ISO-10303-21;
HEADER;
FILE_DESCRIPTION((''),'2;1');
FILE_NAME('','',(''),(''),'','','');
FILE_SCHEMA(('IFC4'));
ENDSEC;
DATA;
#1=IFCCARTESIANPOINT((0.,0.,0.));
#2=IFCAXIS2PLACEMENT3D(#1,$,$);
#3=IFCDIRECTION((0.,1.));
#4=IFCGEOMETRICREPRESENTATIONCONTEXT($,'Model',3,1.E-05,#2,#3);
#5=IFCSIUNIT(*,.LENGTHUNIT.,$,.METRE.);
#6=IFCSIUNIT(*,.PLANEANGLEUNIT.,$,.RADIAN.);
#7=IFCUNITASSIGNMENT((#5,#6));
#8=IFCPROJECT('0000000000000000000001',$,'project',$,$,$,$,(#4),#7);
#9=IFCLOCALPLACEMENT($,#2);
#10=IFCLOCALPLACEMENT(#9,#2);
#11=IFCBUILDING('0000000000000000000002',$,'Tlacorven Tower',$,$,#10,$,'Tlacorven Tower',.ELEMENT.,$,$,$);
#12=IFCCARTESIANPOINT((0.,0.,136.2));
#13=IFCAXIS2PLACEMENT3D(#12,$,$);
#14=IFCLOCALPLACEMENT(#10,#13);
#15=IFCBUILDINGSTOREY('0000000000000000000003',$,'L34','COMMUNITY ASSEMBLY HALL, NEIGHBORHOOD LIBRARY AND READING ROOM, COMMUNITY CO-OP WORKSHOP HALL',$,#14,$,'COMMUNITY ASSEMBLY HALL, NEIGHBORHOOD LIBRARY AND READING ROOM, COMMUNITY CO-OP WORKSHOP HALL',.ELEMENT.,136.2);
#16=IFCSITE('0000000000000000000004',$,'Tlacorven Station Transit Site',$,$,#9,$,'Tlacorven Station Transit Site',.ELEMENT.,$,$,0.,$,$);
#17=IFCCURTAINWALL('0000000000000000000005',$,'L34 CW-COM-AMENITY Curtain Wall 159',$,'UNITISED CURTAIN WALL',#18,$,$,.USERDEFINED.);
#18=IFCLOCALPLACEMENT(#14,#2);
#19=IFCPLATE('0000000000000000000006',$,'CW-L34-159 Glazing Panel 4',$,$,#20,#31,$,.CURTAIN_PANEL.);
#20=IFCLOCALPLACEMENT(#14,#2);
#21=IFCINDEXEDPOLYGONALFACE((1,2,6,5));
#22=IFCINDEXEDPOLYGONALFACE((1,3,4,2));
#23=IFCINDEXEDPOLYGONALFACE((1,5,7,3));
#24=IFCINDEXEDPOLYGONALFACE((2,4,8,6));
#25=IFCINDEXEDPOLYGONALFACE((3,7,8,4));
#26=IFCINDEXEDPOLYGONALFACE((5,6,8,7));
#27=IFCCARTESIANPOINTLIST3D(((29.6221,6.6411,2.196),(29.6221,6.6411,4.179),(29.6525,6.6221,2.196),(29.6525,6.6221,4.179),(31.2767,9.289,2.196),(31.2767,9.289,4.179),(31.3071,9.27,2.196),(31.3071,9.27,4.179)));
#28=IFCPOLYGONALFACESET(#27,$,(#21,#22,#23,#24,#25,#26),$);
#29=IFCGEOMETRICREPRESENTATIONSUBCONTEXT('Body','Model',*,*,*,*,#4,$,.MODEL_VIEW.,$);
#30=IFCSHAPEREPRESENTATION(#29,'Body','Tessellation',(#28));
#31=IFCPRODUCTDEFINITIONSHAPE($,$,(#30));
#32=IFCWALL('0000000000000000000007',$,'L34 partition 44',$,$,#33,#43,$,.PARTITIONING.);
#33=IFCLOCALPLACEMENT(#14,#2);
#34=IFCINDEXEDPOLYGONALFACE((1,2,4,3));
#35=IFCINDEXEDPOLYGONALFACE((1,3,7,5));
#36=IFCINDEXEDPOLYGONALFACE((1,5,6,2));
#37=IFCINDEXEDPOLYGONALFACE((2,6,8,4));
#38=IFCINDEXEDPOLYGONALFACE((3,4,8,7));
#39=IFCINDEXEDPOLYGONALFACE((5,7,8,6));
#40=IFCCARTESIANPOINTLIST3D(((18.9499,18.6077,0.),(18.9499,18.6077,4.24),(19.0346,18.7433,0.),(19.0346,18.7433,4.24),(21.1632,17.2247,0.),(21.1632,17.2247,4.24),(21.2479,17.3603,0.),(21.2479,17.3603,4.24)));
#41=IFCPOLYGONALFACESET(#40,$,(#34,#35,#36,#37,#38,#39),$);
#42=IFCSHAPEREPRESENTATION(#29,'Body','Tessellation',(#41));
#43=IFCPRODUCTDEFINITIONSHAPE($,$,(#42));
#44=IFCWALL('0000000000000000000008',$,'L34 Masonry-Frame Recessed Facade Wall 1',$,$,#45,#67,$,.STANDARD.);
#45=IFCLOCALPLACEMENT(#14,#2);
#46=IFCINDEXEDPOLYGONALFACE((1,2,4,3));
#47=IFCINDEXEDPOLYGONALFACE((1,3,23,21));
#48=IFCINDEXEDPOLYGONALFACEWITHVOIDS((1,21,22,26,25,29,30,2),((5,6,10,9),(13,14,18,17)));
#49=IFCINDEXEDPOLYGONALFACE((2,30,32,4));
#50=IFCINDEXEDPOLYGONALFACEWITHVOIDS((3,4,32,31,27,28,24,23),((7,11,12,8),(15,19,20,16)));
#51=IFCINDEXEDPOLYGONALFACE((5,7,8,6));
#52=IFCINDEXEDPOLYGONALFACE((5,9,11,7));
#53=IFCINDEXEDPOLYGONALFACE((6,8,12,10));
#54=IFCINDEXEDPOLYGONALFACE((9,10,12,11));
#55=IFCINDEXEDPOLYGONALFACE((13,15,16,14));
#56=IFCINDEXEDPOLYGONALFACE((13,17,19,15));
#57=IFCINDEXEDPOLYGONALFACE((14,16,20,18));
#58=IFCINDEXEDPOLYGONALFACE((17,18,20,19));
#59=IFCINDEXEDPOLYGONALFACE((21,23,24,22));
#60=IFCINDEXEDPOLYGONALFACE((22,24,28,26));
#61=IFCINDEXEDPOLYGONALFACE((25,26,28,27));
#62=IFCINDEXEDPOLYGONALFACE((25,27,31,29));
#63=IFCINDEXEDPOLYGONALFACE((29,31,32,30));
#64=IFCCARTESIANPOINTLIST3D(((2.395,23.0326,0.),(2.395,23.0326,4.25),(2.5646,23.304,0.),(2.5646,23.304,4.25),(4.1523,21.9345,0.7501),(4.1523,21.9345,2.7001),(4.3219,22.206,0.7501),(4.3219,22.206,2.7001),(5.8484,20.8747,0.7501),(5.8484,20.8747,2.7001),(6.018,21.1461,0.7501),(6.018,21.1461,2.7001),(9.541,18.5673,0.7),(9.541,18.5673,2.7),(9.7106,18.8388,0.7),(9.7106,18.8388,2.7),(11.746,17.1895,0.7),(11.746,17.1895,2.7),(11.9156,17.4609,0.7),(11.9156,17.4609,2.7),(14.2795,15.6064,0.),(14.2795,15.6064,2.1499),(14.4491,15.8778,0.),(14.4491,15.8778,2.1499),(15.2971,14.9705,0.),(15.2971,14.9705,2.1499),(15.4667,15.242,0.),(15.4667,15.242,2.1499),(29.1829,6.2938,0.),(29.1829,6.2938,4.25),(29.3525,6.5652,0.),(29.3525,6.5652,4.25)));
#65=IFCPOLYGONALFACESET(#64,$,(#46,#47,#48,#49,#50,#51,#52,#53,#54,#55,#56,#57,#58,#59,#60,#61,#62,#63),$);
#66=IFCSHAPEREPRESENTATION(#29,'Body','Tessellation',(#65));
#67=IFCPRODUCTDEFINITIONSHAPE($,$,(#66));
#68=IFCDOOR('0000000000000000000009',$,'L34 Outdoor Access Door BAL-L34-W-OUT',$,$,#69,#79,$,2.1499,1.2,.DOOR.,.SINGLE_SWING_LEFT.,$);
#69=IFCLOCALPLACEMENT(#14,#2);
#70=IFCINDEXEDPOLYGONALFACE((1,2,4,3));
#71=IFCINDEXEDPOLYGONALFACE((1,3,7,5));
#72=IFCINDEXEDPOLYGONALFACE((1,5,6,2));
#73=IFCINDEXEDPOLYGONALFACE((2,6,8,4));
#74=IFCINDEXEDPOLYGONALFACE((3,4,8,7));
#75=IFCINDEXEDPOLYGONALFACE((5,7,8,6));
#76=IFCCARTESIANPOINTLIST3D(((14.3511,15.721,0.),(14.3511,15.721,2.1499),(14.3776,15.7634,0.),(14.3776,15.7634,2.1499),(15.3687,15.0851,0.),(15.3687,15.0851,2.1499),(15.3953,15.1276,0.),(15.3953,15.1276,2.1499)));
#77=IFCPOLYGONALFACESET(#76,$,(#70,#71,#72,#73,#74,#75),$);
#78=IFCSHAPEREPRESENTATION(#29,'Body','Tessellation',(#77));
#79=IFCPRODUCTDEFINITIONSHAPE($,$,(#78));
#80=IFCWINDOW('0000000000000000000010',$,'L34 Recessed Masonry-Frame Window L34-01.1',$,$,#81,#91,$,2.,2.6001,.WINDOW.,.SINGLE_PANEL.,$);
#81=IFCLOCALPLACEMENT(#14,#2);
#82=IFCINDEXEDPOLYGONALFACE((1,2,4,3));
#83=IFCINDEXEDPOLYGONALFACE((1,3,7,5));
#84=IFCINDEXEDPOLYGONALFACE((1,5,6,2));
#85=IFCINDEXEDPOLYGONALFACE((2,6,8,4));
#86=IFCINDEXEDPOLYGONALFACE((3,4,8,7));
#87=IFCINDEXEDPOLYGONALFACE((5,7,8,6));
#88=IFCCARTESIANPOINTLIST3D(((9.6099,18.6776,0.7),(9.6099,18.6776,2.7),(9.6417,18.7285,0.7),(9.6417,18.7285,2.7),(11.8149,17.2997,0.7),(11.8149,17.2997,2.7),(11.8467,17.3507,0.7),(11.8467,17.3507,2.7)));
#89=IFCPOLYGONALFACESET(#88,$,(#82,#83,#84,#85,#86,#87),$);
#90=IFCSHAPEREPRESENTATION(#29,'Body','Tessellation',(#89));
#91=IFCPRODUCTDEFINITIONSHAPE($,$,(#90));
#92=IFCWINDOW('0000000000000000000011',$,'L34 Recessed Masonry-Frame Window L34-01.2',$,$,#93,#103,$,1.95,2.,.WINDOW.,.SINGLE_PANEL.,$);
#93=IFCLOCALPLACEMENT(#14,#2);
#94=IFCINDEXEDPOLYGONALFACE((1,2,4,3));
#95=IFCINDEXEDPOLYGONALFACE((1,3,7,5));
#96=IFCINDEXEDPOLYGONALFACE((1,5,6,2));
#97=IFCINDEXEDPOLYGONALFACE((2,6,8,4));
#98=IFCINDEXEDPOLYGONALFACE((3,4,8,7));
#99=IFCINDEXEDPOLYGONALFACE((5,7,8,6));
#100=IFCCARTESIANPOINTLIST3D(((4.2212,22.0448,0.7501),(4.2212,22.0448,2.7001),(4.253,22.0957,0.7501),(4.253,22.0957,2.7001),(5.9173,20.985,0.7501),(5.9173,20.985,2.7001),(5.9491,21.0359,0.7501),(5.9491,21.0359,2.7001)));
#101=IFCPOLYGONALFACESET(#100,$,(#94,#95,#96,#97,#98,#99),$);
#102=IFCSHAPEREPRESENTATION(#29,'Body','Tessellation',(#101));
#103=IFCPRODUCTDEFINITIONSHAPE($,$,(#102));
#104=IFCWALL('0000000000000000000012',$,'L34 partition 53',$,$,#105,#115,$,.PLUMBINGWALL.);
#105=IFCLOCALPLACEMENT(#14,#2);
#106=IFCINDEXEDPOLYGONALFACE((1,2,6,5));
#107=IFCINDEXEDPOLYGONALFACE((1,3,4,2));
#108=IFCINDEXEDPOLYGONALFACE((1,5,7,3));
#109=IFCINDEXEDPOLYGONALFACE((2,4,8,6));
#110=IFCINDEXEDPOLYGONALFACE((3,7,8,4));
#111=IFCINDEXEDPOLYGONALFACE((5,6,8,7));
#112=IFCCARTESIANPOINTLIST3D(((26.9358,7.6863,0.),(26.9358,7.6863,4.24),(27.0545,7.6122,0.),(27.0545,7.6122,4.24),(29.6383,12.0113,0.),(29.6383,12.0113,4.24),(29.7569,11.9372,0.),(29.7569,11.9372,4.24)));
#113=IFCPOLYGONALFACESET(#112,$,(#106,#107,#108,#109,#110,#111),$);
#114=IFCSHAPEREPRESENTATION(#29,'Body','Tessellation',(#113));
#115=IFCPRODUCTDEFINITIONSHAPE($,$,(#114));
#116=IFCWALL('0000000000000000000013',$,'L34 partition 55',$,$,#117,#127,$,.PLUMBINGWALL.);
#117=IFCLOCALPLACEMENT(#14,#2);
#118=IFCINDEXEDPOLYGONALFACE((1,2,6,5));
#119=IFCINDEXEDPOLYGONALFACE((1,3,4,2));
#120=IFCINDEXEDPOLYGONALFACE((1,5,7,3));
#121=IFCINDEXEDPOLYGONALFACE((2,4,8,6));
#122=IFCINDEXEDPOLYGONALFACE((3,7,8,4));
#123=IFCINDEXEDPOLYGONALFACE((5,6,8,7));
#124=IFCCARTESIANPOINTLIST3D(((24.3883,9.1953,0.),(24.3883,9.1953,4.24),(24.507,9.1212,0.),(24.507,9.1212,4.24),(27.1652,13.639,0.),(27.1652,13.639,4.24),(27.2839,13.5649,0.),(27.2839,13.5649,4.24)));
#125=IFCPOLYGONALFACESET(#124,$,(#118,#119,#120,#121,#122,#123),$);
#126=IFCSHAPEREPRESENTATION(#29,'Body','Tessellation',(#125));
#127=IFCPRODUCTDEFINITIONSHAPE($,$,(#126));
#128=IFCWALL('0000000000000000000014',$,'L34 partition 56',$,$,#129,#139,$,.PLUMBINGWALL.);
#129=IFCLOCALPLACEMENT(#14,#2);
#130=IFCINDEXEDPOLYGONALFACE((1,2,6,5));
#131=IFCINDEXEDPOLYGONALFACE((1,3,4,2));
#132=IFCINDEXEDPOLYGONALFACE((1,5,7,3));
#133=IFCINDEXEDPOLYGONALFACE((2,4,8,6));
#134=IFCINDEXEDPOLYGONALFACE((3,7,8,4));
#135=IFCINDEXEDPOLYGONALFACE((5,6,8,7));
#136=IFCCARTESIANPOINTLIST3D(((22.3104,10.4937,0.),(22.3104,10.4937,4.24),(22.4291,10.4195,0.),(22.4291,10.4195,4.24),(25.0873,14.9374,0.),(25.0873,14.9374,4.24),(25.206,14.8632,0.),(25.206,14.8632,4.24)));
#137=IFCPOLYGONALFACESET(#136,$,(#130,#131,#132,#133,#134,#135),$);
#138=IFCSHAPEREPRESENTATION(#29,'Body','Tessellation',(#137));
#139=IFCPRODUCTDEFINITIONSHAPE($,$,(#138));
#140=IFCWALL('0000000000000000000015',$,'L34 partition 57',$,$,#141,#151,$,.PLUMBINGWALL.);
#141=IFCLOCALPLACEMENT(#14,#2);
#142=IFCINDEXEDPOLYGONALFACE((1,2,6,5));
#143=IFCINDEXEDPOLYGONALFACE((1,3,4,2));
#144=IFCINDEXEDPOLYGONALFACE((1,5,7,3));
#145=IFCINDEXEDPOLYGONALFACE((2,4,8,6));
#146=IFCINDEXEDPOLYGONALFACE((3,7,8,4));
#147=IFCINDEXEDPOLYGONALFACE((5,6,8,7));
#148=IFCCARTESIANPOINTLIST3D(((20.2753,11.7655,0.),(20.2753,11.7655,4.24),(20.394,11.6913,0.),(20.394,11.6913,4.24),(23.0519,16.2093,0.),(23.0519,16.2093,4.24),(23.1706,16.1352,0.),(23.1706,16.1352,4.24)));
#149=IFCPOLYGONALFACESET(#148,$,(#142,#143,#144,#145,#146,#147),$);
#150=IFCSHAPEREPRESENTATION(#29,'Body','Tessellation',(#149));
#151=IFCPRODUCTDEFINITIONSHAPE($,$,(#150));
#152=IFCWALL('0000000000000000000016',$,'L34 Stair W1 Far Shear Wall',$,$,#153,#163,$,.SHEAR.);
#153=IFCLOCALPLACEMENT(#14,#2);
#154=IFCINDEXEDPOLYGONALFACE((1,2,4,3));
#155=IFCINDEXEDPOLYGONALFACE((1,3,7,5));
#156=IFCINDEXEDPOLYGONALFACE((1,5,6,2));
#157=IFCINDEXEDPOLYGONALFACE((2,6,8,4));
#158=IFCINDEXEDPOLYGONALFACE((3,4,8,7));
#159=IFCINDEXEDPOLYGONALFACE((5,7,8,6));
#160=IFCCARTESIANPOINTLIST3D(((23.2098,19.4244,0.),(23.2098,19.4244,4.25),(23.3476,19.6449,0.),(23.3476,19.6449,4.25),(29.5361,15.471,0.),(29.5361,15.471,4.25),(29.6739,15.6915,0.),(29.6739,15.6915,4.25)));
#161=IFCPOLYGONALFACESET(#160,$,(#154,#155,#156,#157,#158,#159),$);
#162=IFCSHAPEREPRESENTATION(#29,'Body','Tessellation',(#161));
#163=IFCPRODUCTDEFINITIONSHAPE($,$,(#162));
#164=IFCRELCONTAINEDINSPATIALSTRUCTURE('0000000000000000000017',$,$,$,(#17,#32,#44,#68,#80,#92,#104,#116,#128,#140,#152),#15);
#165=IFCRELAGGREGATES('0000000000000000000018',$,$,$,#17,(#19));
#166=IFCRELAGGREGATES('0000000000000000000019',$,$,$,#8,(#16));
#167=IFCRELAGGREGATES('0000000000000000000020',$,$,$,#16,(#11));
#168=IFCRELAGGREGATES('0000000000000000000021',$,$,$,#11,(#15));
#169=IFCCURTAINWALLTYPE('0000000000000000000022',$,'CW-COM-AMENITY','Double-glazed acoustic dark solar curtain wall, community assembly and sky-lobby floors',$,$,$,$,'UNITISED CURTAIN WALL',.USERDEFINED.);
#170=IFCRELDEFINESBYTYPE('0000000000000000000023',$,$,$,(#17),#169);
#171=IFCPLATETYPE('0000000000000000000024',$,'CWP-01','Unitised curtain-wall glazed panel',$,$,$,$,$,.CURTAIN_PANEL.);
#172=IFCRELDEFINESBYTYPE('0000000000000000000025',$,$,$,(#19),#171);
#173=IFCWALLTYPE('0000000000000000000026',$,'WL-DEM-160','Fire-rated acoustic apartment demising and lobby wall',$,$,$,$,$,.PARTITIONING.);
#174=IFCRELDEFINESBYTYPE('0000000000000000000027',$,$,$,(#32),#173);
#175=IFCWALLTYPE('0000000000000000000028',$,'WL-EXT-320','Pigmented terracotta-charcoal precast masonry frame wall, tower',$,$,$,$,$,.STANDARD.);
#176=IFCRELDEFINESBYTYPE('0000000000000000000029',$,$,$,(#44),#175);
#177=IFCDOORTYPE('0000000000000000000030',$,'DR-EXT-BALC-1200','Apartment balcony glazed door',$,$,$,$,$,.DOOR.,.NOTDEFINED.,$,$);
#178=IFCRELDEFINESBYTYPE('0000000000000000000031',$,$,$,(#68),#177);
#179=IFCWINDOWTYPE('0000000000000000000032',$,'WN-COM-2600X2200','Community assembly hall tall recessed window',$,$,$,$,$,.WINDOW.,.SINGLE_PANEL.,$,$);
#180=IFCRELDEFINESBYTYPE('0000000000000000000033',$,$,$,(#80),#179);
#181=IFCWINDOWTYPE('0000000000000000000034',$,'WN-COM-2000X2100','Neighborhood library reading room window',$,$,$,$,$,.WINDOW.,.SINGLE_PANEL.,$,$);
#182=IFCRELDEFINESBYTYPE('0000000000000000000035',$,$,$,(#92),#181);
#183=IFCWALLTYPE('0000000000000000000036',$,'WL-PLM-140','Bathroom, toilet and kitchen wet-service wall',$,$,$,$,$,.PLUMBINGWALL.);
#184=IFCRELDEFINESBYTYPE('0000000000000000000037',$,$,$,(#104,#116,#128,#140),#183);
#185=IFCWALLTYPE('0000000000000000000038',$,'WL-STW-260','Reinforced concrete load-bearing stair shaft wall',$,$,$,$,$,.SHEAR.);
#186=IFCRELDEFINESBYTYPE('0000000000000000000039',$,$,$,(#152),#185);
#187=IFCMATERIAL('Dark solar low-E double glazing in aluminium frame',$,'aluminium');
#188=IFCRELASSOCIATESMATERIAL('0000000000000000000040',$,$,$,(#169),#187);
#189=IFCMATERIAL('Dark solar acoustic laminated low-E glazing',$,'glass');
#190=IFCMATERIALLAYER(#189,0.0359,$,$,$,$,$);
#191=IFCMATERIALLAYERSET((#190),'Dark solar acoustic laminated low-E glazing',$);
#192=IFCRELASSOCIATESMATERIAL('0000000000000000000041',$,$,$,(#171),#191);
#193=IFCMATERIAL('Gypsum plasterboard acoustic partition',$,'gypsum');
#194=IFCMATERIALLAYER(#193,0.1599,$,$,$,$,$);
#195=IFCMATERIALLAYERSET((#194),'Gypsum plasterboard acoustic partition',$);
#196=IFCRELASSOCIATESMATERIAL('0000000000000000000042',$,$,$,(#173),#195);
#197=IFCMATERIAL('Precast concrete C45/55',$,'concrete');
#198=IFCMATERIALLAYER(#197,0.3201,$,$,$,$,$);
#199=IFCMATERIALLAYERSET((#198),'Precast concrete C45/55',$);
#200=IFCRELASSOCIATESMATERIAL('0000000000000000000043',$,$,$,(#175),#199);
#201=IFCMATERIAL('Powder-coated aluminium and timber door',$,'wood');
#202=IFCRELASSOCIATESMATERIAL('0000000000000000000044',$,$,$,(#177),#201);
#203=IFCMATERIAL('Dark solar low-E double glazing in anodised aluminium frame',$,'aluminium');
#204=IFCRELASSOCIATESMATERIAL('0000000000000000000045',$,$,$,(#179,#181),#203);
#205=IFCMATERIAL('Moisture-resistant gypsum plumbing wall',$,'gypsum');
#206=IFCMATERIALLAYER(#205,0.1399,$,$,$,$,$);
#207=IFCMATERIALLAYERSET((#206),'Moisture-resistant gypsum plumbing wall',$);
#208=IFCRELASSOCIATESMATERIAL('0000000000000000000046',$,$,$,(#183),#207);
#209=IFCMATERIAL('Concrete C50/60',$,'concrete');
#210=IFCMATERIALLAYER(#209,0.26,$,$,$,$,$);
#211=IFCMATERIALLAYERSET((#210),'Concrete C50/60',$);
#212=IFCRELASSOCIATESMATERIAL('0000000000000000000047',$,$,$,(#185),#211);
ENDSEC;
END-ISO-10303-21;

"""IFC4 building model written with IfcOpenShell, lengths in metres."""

from ifc_helpers import new_model, si_unit, direction, frame, frame_2d, origin, origin_2d, place, context, subcontext, project, spatial, rectangle, extrude, source, transform, mapped, material, layer, layer_set, type_object, element, fill, aggregate, save


model = new_model("IFC4")

# Units and contexts
model_context = context("Model", 3, precision=1e-05, world=origin(), true_north=direction((0.0, 1.0)))
body_context = subcontext(model_context, "Body", "Model", "MODEL_VIEW")
ifc_project = project(units=[si_unit("LENGTHUNIT", "METRE"), si_unit("PLANEANGLEUNIT", "RADIAN")], contexts=[model_context])

# Site, building, storey
site_placement = place(None, origin())
site = spatial("IfcSite", under=ifc_project, at=site_placement, Name="Tlacorven Station Transit Site", LongName="Tlacorven Station Transit Site", CompositionType="ELEMENT", RefElevation=0.0)
building_placement = place(site_placement, origin())
building = spatial("IfcBuilding", under=site, at=building_placement, Name="Tlacorven Tower", LongName="Tlacorven Tower", CompositionType="ELEMENT")
storey_placement = place(building_placement, frame((0.0, 0.0, 136.2)))
storey = spatial("IfcBuildingStorey", under=building, at=storey_placement, Name="L34", Description="COMMUNITY ASSEMBLY HALL, NEIGHBORHOOD LIBRARY AND READING ROOM, COMMUNITY CO-OP WORKSHOP HALL", LongName="COMMUNITY ASSEMBLY HALL, NEIGHBORHOOD LIBRARY AND READING ROOM, COMMUNITY CO-OP WORKSHOP HALL", CompositionType="ELEMENT", Elevation=136.2)

# Curtain wall, plate
ifc_material_1 = material(Name="Dark solar low-E double glazing in aluminium frame", Category="aluminium")
curtain_wall_type = type_object("IfcCurtainWallType", Name="CW-COM-AMENITY", Description="Double-glazed acoustic dark solar curtain wall, community assembly and sky-lobby floors", ElementType="UNITISED CURTAIN WALL", PredefinedType="USERDEFINED", material=ifc_material_1)
curtain_wall_placement = place(storey_placement, origin())
curtain_wall = element("IfcCurtainWall", 1, at=curtain_wall_placement, inside=storey, type_object=curtain_wall_type, Name="L34 CW-COM-AMENITY Curtain Wall 159", ObjectType="UNITISED CURTAIN WALL", PredefinedType="USERDEFINED")
ifc_material_2 = material(Name="Dark solar acoustic laminated low-E glazing", Category="glass")
ifc_layer_1 = layer(ifc_material_2, 0.0359)
ifc_layer_set_1 = layer_set([ifc_layer_1], Name="Dark solar acoustic laminated low-E glazing")
plate_type = type_object("IfcPlateType", Name="CWP-01", Description="Unitised curtain-wall glazed panel", PredefinedType="CURTAIN_PANEL", material=ifc_layer_set_1)
shared_shape_1 = source(origin(), body_context, "Body", "SweptSolid", [
    extrude(rectangle(XDim=3.1223, YDim=0.0359, at=origin_2d()), origin(), (0.0, 0.0, 1.0), 1.9829),
])
plate_1_placement = place(storey_placement, frame((30.4646, 7.9556, 2.196), z_axis=(0.0, 0.0, 1.0), x_axis=(-0.529919, -0.848048, 0.0)))
plate_1 = element("IfcPlate", 2, at=plate_1_placement, type_object=plate_type, Name="CW-L34-159 Glazing Panel 4", PredefinedType="CURTAIN_PANEL", context=body_context, shape_type="MappedRepresentation", body=[
    mapped(shared_shape_1, transform((0.0, 0.0, 0.0), scale=1.0)),
])
aggregate(curtain_wall, [plate_1])

# Wall
ifc_material_3 = material(Name="Gypsum plasterboard acoustic partition", Category="gypsum")
ifc_layer_2 = layer(ifc_material_3, 0.1599)
ifc_layer_set_2 = layer_set([ifc_layer_2], Name="Gypsum plasterboard acoustic partition")
wall_type_1 = type_object("IfcWallType", Name="WL-DEM-160", Description="Fire-rated acoustic apartment demising and lobby wall", PredefinedType="PARTITIONING", material=ifc_layer_set_2)
wall_1_placement = place(storey_placement, frame((21.2056, 17.2925, 0.0), z_axis=(0.0, 0.0, 1.0), x_axis=(-0.848051, 0.529915, 0.0)))
element("IfcWall", 3, at=wall_1_placement, inside=storey, type_object=wall_type_1, Name="L34 partition 44", PredefinedType="PARTITIONING", context=body_context, shape_type="SweptSolid", body=[
    extrude(rectangle(XDim=2.6099, YDim=0.1599, at=frame_2d((1.3049, 0.0))), origin(), (0.0, 0.0, 1.0), 4.24),
])

# Wall, openings, door, windows
ifc_material_4 = material(Name="Precast concrete C45/55", Category="concrete")
ifc_layer_3 = layer(ifc_material_4, 0.3201)
ifc_layer_set_3 = layer_set([ifc_layer_3], Name="Precast concrete C45/55")
wall_type_2 = type_object("IfcWallType", Name="WL-EXT-320", Description="Pigmented terracotta-charcoal precast masonry frame wall, tower", PredefinedType="STANDARD", material=ifc_layer_set_3)
wall_2_placement = place(storey_placement, frame((29.2678, 6.4294, 0.0), z_axis=(0.0, 0.0, 1.0), x_axis=(-0.84805, 0.529916, 0.0)))
wall_2 = element("IfcWall", 4, at=wall_2_placement, inside=storey, type_object=wall_type_2, Name="L34 Masonry-Frame Recessed Facade Wall 1", PredefinedType="STANDARD", context=body_context, shape_type="SweptSolid", body=[
    extrude(rectangle(XDim=31.5876, YDim=0.3201, at=frame_2d((15.7939, 0.0))), origin(), (0.0, 0.0, 1.0), 4.25),
])
opening_1_placement = place(wall_2_placement, frame((16.3738, 0.0, 0.0)))
opening_1 = element("IfcOpeningElement", 5, at=opening_1_placement, cuts=wall_2, PredefinedType="OPENING", context=body_context, shape_type="SweptSolid", body=[
    extrude(rectangle(XDim=1.2, YDim=2.1499, at=frame_2d((0.6001, 1.075))), frame((0.0, 0.1699, 0.0), z_axis=(0.0, -1.0, 0.0), x_axis=(1.0, 0.0, 0.0)), (0.0, 0.0, 1.0), 0.3401),
])
opening_2_placement = place(wall_2_placement, frame((20.5613, 0.0, 0.7)))
opening_2 = element("IfcOpeningElement", 6, at=opening_2_placement, cuts=wall_2, PredefinedType="OPENING", context=body_context, shape_type="SweptSolid", body=[
    extrude(rectangle(XDim=2.6001, YDim=2.0, at=frame_2d((1.3, 1.0))), frame((0.0, 0.1699, 0.0), z_axis=(0.0, -1.0, 0.0), x_axis=(1.0, 0.0, 0.0)), (0.0, 0.0, 1.0), 0.3401),
])
opening_3_placement = place(wall_2_placement, frame((27.5156, 0.0, 0.75)))
opening_3 = element("IfcOpeningElement", 7, at=opening_3_placement, cuts=wall_2, PredefinedType="OPENING", context=body_context, shape_type="SweptSolid", body=[
    extrude(rectangle(XDim=2.0, YDim=1.95, at=frame_2d((1.0, 0.9751))), frame((0.0, 0.1699, 0.0), z_axis=(0.0, -1.0, 0.0), x_axis=(1.0, 0.0, 0.0)), (0.0, 0.0, 1.0), 0.3401),
])
ifc_material_5 = material(Name="Powder-coated aluminium and timber door", Category="wood")
door_type = type_object("IfcDoorType", Name="DR-EXT-BALC-1200", Description="Apartment balcony glazed door", OperationType="NOTDEFINED", PredefinedType="DOOR", material=ifc_material_5)
shared_shape_2 = source(origin(), body_context, "Body", "SweptSolid", [
    extrude(rectangle(XDim=1.2, YDim=2.1499, at=frame_2d((0.6001, 1.075))), frame((0.0, 0.0249, 0.0), z_axis=(0.0, -1.0, 0.0), x_axis=(1.0, 0.0, 0.0)), (0.0, 0.0, 1.0), 0.05),
])
door_placement = place(opening_1_placement, origin())
door = element("IfcDoor", 8, at=door_placement, inside=storey, type_object=door_type, Name="L34 Outdoor Access Door BAL-L34-W-OUT", OperationType="SINGLE_SWING_LEFT", OverallHeight=2.1499, OverallWidth=1.2, PredefinedType="DOOR", context=body_context, shape_type="MappedRepresentation", body=[
    mapped(shared_shape_2, transform((0.0, 0.0, 0.0), scale=1.0)),
])
fill(opening_1, door)
ifc_material_6 = material(Name="Dark solar low-E double glazing in anodised aluminium frame", Category="aluminium")
window_type_1 = type_object("IfcWindowType", Name="WN-COM-2600X2200", Description="Community assembly hall tall recessed window", PartitioningType="SINGLE_PANEL", PredefinedType="WINDOW", material=ifc_material_6)
shared_shape_3 = source(origin(), body_context, "Body", "SweptSolid", [
    extrude(rectangle(XDim=2.6001, YDim=2.0, at=frame_2d((1.3, 1.0))), frame((0.0, 0.03, 0.0), z_axis=(0.0, -1.0, 0.0), x_axis=(1.0, 0.0, 0.0)), (0.0, 0.0, 1.0), 0.0601),
])
window_1_placement = place(opening_2_placement, origin())
window_1 = element("IfcWindow", 9, at=window_1_placement, inside=storey, type_object=window_type_1, Name="L34 Recessed Masonry-Frame Window L34-01.1", OverallHeight=2.0, OverallWidth=2.6001, PartitioningType="SINGLE_PANEL", PredefinedType="WINDOW", context=body_context, shape_type="MappedRepresentation", body=[
    mapped(shared_shape_3, transform((0.0, 0.0, 0.0), scale=1.0)),
])
fill(opening_2, window_1)
window_type_2 = type_object("IfcWindowType", Name="WN-COM-2000X2100", Description="Neighborhood library reading room window", PartitioningType="SINGLE_PANEL", PredefinedType="WINDOW", material=ifc_material_6)
shared_shape_4 = source(origin(), body_context, "Body", "SweptSolid", [
    extrude(rectangle(XDim=2.0, YDim=1.95, at=frame_2d((1.0, 0.9751))), frame((0.0, 0.03, 0.0), z_axis=(0.0, -1.0, 0.0), x_axis=(1.0, 0.0, 0.0)), (0.0, 0.0, 1.0), 0.0601),
])
window_2_placement = place(opening_3_placement, origin())
window_2 = element("IfcWindow", 10, at=window_2_placement, inside=storey, type_object=window_type_2, Name="L34 Recessed Masonry-Frame Window L34-01.2", OverallHeight=1.95, OverallWidth=2.0, PartitioningType="SINGLE_PANEL", PredefinedType="WINDOW", context=body_context, shape_type="MappedRepresentation", body=[
    mapped(shared_shape_4, transform((0.0, 0.0, 0.0), scale=1.0)),
])
fill(opening_3, window_2)

# Walls
ifc_material_7 = material(Name="Moisture-resistant gypsum plumbing wall", Category="gypsum")
ifc_layer_4 = layer(ifc_material_7, 0.1399)
ifc_layer_set_4 = layer_set([ifc_layer_4], Name="Moisture-resistant gypsum plumbing wall")
wall_type_3 = type_object("IfcWallType", Name="WL-PLM-140", Description="Bathroom, toilet and kitchen wet-service wall", PredefinedType="PLUMBINGWALL", material=ifc_layer_set_4)
wall_3_placement = place(storey_placement, frame((29.6975, 11.9741, 0.0), z_axis=(0.0, 0.0, 1.0), x_axis=(-0.5299, -0.84806, 0.0)))
element("IfcWall", 11, at=wall_3_placement, inside=storey, type_object=wall_type_3, Name="L34 partition 53", PredefinedType="PLUMBINGWALL", context=body_context, shape_type="SweptSolid", body=[
    extrude(rectangle(XDim=5.0999, YDim=0.1399, at=frame_2d((2.5498, 0.0))), origin(), (0.0, 0.0, 1.0), 4.24),
])
for number, where, z_axis, x_axis, name in (
    (12, (27.2246, 13.6021, 0.0), (0.0, 0.0, 1.0), (-0.529944, -0.848032, 0.0), "L34 partition 55"),
    (13, (25.1467, 14.9004, 0.0), (0.0, 0.0, 1.0), (-0.529944, -0.848032, 0.0), "L34 partition 56"),
    (14, (23.1113, 16.1724, 0.0), (0.0, 0.0, 1.0), (-0.52989, -0.848066, 0.0), "L34 partition 57"),
):
    element("IfcWall", number, at=place(storey_placement, frame(where, z_axis=z_axis, x_axis=x_axis)), inside=storey, type_object=wall_type_3, Name=name, PredefinedType="PLUMBINGWALL", context=body_context, shape_type="SweptSolid", body=[
        extrude(rectangle(XDim=5.24, YDim=0.1399, at=frame_2d((2.6201, 0.0))), origin(), (0.0, 0.0, 1.0), 4.24),
    ])
ifc_material_8 = material(Name="Concrete C50/60", Category="concrete")
ifc_layer_5 = layer(ifc_material_8, 0.26)
ifc_layer_set_5 = layer_set([ifc_layer_5], Name="Concrete C50/60")
wall_type_4 = type_object("IfcWallType", Name="WL-STW-260", Description="Reinforced concrete load-bearing stair shaft wall", PredefinedType="SHEAR", material=ifc_layer_set_5)
wall_4_placement = place(storey_placement, frame((29.605, 15.5813, 0.0), z_axis=(0.0, 0.0, 1.0), x_axis=(-0.848037, 0.529937, 0.0)))
element("IfcWall", 15, at=wall_4_placement, inside=storey, type_object=wall_type_4, Name="L34 Stair W1 Far Shear Wall", PredefinedType="SHEAR", context=body_context, shape_type="SweptSolid", body=[
    extrude(rectangle(XDim=7.46, YDim=0.26, at=frame_2d((3.73, 0.0))), origin(), (0.0, 0.0, 1.0), 4.25),
])

save(model, "model.ifc")
